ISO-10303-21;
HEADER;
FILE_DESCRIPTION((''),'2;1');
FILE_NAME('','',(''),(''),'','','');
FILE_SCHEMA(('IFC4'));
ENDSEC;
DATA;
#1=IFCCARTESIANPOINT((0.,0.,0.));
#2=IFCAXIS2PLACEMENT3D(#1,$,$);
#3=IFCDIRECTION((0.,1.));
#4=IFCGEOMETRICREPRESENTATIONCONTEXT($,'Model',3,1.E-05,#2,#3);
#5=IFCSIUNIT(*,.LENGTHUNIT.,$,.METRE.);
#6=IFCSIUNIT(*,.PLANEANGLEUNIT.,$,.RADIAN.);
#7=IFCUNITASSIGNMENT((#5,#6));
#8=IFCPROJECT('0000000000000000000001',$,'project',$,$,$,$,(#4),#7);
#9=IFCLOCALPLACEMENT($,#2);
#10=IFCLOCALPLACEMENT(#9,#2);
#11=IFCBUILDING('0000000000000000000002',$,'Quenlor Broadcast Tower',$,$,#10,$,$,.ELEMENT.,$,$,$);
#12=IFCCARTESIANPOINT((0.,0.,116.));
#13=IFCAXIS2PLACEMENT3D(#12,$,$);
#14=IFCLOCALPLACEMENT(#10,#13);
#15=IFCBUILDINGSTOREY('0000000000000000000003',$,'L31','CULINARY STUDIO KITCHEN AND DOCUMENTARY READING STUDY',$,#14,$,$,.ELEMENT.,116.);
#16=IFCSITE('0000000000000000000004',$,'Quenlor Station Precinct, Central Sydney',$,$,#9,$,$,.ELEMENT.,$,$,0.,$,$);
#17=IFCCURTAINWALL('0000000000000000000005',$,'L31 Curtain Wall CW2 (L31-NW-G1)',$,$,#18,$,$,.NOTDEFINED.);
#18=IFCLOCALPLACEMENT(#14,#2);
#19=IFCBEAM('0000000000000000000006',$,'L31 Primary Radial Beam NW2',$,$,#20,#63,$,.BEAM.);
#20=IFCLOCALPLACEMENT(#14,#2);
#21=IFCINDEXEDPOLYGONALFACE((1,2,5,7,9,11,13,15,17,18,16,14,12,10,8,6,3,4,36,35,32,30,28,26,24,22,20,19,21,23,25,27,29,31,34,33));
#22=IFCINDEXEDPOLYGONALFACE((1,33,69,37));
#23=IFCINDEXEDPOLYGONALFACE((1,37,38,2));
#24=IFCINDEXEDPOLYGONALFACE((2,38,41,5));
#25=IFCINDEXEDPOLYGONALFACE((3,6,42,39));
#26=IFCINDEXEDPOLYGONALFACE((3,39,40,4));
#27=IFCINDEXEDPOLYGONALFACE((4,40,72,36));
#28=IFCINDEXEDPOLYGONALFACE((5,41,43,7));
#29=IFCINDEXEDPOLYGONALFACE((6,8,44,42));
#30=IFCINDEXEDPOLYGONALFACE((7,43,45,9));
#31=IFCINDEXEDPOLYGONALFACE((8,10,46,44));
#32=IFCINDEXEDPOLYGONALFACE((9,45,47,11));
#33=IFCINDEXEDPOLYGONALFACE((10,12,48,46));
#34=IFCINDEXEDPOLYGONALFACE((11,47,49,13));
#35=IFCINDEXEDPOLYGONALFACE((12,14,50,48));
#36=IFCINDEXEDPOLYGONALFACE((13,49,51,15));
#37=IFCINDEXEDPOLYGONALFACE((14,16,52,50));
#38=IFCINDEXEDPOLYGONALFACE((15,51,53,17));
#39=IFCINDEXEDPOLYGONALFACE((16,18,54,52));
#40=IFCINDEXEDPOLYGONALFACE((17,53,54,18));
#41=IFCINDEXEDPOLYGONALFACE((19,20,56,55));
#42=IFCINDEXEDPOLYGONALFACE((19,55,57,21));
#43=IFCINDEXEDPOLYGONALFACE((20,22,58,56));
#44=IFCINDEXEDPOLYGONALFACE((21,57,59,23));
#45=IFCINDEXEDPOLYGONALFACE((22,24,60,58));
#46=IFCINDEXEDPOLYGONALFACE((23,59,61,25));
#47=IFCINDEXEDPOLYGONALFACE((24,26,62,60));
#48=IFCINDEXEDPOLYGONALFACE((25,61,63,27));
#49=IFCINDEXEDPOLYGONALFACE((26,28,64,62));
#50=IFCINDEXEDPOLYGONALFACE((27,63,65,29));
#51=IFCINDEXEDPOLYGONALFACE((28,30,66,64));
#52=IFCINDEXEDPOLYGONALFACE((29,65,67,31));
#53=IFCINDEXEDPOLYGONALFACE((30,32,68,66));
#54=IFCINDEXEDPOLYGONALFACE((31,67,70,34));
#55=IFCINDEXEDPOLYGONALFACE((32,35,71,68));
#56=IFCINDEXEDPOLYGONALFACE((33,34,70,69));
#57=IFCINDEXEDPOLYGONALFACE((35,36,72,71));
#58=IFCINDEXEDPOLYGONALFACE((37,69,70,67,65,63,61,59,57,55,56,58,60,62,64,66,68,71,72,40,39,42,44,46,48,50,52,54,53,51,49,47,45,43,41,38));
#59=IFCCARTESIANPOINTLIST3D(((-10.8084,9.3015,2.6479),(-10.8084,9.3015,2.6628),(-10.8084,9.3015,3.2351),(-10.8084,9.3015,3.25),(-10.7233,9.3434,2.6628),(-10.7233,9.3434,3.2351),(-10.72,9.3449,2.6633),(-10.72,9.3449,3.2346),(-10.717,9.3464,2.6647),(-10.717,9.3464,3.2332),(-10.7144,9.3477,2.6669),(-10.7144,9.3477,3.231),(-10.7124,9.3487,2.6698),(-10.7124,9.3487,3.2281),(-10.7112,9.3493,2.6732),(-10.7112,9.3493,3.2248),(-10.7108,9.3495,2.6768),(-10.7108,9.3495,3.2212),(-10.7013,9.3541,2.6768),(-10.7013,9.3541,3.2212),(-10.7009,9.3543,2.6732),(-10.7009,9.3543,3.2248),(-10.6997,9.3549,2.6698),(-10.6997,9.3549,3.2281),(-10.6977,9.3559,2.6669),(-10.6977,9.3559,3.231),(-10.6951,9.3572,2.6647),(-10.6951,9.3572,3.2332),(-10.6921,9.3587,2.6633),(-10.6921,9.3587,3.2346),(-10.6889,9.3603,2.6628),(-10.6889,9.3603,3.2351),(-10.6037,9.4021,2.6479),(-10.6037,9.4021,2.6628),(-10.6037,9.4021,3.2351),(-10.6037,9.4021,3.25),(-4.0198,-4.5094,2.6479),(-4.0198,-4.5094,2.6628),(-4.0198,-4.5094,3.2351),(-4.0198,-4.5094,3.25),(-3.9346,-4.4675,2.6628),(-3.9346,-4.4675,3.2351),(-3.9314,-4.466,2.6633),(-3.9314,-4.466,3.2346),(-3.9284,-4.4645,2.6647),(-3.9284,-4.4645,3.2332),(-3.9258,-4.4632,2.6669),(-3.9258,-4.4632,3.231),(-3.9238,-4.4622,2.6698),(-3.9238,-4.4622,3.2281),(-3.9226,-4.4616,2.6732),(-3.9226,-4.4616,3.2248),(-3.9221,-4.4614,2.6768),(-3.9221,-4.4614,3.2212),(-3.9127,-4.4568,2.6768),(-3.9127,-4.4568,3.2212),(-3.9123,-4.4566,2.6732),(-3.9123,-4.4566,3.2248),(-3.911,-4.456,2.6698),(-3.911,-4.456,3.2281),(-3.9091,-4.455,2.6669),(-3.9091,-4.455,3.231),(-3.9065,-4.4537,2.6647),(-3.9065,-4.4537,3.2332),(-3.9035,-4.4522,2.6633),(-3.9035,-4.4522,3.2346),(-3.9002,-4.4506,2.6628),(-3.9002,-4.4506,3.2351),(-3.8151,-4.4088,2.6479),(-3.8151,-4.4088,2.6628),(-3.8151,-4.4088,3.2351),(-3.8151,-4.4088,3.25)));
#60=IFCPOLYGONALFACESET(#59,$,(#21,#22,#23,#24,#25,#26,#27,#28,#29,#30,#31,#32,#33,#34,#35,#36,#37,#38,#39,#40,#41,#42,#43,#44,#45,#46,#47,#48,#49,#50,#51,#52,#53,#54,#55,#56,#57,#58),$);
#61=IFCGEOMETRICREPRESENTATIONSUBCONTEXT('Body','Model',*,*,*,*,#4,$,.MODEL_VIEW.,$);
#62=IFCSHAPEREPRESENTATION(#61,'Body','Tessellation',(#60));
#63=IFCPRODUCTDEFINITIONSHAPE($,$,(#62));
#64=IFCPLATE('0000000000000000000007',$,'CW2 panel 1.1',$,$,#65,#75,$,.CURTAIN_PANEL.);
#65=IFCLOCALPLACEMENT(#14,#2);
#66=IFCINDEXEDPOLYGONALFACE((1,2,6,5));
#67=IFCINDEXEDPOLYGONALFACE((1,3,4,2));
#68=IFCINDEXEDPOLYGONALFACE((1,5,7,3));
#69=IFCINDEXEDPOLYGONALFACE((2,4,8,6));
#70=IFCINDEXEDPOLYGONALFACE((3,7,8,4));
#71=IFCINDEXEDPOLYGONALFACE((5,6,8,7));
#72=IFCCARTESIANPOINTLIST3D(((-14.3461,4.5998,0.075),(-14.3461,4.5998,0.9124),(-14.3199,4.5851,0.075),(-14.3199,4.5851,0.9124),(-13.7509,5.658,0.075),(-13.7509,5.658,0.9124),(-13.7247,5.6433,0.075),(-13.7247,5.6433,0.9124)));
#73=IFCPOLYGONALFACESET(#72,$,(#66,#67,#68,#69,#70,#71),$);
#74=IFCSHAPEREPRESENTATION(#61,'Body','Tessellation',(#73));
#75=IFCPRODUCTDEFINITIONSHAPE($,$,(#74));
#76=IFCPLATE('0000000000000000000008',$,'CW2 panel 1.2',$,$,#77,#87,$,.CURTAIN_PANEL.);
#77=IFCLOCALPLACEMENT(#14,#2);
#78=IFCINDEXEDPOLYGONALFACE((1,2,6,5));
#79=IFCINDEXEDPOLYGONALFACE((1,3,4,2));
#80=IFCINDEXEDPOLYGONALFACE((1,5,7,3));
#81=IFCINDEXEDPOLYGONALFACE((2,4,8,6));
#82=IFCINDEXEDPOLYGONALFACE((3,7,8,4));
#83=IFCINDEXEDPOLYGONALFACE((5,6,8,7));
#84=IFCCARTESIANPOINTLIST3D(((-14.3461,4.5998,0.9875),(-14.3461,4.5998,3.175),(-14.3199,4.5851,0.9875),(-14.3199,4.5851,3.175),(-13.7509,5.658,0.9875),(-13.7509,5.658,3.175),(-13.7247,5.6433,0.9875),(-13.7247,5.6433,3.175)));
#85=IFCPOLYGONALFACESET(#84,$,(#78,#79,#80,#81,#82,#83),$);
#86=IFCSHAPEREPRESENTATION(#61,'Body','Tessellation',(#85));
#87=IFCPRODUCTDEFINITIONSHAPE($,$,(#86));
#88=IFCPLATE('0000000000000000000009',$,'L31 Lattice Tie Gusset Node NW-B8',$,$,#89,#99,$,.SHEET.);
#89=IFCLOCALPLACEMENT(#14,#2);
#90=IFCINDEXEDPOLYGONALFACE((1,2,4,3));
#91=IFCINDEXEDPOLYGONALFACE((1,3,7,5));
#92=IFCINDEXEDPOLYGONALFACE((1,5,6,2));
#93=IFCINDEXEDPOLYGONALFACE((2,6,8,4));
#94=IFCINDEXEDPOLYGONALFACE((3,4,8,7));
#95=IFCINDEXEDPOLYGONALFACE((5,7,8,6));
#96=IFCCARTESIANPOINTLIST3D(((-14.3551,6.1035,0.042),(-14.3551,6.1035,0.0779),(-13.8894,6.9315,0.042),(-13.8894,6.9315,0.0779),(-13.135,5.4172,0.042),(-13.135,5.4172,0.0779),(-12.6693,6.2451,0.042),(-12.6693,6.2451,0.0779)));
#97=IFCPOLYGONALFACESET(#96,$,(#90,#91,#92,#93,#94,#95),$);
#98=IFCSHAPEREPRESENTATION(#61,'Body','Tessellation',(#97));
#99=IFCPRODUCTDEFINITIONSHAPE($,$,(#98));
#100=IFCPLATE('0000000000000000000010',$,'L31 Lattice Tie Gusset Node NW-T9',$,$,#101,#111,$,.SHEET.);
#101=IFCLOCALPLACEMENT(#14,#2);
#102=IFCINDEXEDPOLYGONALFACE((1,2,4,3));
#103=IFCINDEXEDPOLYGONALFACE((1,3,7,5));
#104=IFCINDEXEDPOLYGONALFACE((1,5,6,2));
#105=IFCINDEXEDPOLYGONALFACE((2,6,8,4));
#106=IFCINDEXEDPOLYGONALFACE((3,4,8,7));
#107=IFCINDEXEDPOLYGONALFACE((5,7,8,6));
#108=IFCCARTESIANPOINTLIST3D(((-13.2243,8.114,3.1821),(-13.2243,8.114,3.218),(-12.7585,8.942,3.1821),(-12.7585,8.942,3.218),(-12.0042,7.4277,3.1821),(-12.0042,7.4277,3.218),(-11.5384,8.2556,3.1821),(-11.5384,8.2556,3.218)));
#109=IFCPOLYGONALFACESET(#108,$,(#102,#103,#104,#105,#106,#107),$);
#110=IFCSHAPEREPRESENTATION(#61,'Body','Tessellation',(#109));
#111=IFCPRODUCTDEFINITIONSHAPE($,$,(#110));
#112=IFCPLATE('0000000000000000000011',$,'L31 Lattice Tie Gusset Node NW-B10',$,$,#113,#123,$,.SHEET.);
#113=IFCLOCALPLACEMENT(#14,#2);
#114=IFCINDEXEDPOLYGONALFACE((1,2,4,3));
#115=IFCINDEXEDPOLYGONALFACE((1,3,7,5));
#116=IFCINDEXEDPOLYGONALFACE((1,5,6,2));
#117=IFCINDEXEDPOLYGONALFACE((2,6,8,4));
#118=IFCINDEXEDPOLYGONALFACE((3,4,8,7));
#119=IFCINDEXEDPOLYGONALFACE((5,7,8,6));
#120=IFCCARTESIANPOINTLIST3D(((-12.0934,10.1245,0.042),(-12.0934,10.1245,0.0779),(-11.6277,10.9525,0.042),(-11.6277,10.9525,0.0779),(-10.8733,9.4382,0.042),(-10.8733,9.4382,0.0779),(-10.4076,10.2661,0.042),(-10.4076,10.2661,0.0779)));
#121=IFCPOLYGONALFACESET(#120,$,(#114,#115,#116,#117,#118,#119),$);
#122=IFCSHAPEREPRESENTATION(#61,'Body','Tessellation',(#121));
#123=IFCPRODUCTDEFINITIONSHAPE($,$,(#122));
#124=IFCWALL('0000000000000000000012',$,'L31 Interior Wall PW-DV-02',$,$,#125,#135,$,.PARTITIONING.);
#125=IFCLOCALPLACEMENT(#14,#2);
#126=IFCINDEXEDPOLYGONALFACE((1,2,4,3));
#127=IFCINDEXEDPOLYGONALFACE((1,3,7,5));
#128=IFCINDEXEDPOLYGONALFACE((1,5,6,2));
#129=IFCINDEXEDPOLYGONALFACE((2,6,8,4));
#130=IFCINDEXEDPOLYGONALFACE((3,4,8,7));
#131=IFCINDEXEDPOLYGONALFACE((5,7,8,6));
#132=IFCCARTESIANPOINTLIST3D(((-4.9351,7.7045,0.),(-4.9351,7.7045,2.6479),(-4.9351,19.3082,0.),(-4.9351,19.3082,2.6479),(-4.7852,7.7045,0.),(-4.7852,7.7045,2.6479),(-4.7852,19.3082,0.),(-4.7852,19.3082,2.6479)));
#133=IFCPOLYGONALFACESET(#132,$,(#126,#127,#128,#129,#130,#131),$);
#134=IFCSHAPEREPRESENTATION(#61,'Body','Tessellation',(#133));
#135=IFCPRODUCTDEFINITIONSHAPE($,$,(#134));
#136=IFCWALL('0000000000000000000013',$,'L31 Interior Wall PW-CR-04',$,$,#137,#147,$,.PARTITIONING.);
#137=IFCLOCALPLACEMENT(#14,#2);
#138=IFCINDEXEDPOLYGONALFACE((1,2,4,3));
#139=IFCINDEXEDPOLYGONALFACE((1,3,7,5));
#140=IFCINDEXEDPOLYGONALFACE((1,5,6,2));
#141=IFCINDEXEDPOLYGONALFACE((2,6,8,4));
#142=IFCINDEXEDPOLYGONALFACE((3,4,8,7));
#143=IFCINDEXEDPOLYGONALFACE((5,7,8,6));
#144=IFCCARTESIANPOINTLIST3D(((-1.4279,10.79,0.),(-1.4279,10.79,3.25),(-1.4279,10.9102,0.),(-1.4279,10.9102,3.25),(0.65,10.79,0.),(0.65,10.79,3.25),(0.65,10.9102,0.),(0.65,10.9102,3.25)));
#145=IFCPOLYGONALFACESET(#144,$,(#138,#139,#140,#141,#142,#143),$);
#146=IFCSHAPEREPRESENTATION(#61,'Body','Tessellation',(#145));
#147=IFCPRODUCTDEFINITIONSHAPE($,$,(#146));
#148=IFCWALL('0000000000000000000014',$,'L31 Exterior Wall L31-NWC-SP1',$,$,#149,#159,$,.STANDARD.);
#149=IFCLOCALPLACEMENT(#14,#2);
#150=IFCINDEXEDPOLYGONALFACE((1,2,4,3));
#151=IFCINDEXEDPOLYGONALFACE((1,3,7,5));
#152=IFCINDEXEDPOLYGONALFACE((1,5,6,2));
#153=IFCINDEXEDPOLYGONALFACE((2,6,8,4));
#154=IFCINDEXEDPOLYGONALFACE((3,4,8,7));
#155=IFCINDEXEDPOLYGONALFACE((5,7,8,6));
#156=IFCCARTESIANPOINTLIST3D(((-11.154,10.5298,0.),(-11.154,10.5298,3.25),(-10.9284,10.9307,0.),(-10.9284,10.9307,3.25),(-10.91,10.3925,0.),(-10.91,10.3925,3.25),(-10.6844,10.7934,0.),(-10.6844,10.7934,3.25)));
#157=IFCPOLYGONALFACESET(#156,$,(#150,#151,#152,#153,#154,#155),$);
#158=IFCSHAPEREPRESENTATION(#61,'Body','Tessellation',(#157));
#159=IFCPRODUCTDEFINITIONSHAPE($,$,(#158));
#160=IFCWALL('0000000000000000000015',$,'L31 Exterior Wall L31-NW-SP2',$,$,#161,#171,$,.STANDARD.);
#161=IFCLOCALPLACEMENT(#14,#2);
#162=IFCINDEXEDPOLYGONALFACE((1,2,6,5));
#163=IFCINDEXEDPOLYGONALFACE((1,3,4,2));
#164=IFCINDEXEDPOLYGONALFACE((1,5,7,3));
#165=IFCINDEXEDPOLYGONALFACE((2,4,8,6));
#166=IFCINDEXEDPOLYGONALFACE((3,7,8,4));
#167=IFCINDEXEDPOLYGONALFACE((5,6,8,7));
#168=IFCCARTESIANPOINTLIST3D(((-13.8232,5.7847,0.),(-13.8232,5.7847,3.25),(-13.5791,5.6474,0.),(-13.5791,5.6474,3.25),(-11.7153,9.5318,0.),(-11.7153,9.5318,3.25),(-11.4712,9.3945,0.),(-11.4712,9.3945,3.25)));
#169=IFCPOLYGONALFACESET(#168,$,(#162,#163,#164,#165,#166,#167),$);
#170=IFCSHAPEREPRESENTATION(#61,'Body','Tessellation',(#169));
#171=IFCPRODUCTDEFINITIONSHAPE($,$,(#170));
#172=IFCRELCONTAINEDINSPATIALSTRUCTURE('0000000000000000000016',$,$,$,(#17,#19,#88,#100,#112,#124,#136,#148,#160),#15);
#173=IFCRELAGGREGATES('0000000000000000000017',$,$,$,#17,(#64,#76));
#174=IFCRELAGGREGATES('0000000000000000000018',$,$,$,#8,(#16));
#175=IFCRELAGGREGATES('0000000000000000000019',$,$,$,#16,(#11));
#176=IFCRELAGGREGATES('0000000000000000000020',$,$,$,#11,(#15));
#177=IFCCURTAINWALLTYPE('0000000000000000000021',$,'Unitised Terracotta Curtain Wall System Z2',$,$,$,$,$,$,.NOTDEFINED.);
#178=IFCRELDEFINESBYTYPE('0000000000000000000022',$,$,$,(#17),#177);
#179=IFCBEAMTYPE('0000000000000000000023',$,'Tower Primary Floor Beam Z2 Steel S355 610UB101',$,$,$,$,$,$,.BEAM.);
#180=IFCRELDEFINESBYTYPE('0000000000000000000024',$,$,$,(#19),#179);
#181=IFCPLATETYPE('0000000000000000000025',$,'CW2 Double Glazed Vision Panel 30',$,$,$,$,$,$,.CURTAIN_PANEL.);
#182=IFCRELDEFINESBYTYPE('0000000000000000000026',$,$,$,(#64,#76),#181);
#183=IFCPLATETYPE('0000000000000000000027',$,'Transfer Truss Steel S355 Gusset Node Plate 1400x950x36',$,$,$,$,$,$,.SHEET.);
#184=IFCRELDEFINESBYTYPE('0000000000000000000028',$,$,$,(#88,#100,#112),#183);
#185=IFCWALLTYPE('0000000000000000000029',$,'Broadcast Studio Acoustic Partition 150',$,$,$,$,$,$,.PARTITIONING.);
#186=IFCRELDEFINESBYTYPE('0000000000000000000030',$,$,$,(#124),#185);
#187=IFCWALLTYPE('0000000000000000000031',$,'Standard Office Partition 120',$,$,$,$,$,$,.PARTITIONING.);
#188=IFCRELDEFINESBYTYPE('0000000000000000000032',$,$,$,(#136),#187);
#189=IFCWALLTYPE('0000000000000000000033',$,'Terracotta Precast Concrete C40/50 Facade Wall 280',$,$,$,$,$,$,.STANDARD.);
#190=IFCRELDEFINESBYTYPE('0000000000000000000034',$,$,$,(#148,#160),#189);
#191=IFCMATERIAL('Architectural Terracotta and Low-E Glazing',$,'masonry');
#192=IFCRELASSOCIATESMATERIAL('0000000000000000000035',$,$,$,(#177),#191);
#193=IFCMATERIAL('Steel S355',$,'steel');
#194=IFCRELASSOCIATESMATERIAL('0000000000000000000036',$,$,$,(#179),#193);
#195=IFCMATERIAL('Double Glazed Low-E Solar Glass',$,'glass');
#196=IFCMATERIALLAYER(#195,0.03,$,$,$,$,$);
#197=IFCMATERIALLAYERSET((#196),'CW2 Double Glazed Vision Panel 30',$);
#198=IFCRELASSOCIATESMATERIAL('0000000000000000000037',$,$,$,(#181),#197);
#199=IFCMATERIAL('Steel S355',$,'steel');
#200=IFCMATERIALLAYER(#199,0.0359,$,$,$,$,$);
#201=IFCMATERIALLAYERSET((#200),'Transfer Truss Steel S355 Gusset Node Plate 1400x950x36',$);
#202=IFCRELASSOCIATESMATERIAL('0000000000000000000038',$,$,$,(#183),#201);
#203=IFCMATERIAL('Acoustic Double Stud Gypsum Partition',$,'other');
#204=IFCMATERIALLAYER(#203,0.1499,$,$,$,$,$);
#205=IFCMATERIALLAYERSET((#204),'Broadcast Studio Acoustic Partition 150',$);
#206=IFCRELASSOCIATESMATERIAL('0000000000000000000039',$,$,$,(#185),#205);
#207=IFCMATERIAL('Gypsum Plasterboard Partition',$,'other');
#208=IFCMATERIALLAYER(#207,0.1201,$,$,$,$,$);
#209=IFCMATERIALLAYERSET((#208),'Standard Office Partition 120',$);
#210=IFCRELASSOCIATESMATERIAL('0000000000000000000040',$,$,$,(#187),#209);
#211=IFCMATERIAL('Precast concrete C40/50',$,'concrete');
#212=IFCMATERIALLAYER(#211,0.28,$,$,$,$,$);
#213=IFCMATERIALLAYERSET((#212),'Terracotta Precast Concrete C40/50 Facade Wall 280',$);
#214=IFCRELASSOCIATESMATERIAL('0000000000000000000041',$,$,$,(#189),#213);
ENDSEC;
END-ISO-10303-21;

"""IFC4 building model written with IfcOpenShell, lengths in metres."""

from ifc_helpers import new_model, si_unit, direction, frame, frame_2d, origin, origin_2d, place, context, subcontext, project, spatial, rectangle, i_section, extrude, material, layer, layer_set, material_profile, profile_set, type_object, element, aggregate, save


model = new_model("IFC4")

# Units and contexts
model_context = context("Model", 3, precision=1e-05, world=origin(), true_north=direction((0.0, 1.0)))
body_context = subcontext(model_context, "Body", "Model", "MODEL_VIEW")
ifc_project = project(units=[si_unit("LENGTHUNIT", "METRE"), si_unit("PLANEANGLEUNIT", "RADIAN")], contexts=[model_context])

# Site, building, storey
site_placement = place(None, origin())
site = spatial("IfcSite", under=ifc_project, at=site_placement, Name="Quenlor Station Precinct, Central Sydney", CompositionType="ELEMENT", RefElevation=0.0)
building_placement = place(site_placement, origin())
building = spatial("IfcBuilding", under=site, at=building_placement, Name="Quenlor Broadcast Tower", CompositionType="ELEMENT")
storey_placement = place(building_placement, frame((0.0, 0.0, 116.0)))
storey = spatial("IfcBuildingStorey", under=building, at=storey_placement, Name="L31", Description="CULINARY STUDIO KITCHEN AND DOCUMENTARY READING STUDY", CompositionType="ELEMENT", Elevation=116.0)

# Shared definitions
ifc_material_1 = material(Name="Architectural Terracotta and Low-E Glazing", Category="masonry")
curtain_wall_type = type_object("IfcCurtainWallType", Name="Unitised Terracotta Curtain Wall System Z2", PredefinedType="NOTDEFINED", material=ifc_material_1)

# Curtain wall
curtain_wall_1_placement = place(storey_placement, origin())
curtain_wall_1 = element("IfcCurtainWall", 1, at=curtain_wall_1_placement, inside=storey, type_object=curtain_wall_type, Name="L31 Curtain Wall CW2 (L31-NW-G1)", PredefinedType="NOTDEFINED")

# Beam
ifc_material_2 = material(Name="Steel S355", Category="steel")
ifc_material_profile_1 = material_profile(ifc_material_2, i_section(OverallWidth=0.228, OverallDepth=0.6021, WebThickness=0.0105, FlangeThickness=0.0149, FilletRadius=0.0139, at=origin_2d()))
ifc_profile_set_1 = profile_set([ifc_material_profile_1], Name="Steel S355 610UB101")
beam_type_1 = type_object("IfcBeamType", Name="Tower Primary Floor Beam Z2 Steel S355 610UB101", PredefinedType="BEAM", material=ifc_profile_set_1)
beam_1_placement = place(storey_placement, frame((-10.7061, 9.3518, 2.949), z_axis=(0.44113, -0.897443, 0.0), x_axis=(0.897443, 0.44113, 0.0)))
element("IfcBeam", 2, at=beam_1_placement, inside=storey, type_object=beam_type_1, Name="L31 Primary Radial Beam NW2", PredefinedType="BEAM", context=body_context, shape_type="SweptSolid", body=[
    extrude(i_section(OverallWidth=0.228, OverallDepth=0.6021, WebThickness=0.0105, FlangeThickness=0.0149, FilletRadius=0.0139, at=origin_2d()), origin(), (0.0, 0.0, 1.0), 15.3892),
])

# Plates
ifc_material_3 = material(Name="Double Glazed Low-E Solar Glass", Category="glass")
ifc_layer_1 = layer(ifc_material_3, 0.03)
ifc_layer_set_1 = layer_set([ifc_layer_1], Name="CW2 Double Glazed Vision Panel 30")
plate_type_1 = type_object("IfcPlateType", Name="CW2 Double Glazed Vision Panel 30", PredefinedType="CURTAIN_PANEL", material=ifc_layer_set_1)
plate_1_placement = place(storey_placement, frame((-14.0354, 5.1216, 0.075), z_axis=(0.0, 0.0, 1.0), x_axis=(0.490254, 0.871579, 0.0)))
plate_1 = element("IfcPlate", 3, at=plate_1_placement, type_object=plate_type_1, Name="CW2 panel 1.1", PredefinedType="CURTAIN_PANEL", context=body_context, shape_type="SweptSolid", body=[
    extrude(rectangle(XDim=1.2141, YDim=0.03, at=origin_2d()), origin(), (0.0, 0.0, 1.0), 0.8374),
])
plate_2_placement = place(storey_placement, frame((-14.0354, 5.1216, 0.9875), z_axis=(0.0, 0.0, 1.0), x_axis=(0.490254, 0.871579, 0.0)))
plate_2 = element("IfcPlate", 4, at=plate_2_placement, type_object=plate_type_1, Name="CW2 panel 1.2", PredefinedType="CURTAIN_PANEL", context=body_context, shape_type="SweptSolid", body=[
    extrude(rectangle(XDim=1.2141, YDim=0.03, at=origin_2d()), origin(), (0.0, 0.0, 1.0), 2.1875),
])
aggregate(curtain_wall_1, [plate_1, plate_2])

# Plates
ifc_material_4 = material(Name="Steel S355", Category="steel")
ifc_layer_2 = layer(ifc_material_4, 0.0359)
ifc_layer_set_2 = layer_set([ifc_layer_2], Name="Transfer Truss Steel S355 Gusset Node Plate 1400x950x36")
plate_type_2 = type_object("IfcPlateType", Name="Transfer Truss Steel S355 Gusset Node Plate 1400x950x36", PredefinedType="SHEET", material=ifc_layer_set_2)
for number, where, z_axis, x_axis, name in (
    (5, (-13.5122, 6.1743, 0.042), (0.0, 0.0, 1.0), (-0.871556, 0.490295, 0.0), "L31 Lattice Tie Gusset Node NW-B8"),
    (6, (-12.3813, 8.1848, 3.1821), (0.0, 0.0, 1.0), (-0.871556, 0.490295, 0.0), "L31 Lattice Tie Gusset Node NW-T9"),
    (7, (-11.2505, 10.1953, 0.042), (0.0, 0.0, 1.0), (-0.871556, 0.490295, 0.0), "L31 Lattice Tie Gusset Node NW-B10"),
):
    element("IfcPlate", number, at=place(storey_placement, frame(where, z_axis=z_axis, x_axis=x_axis)), inside=storey, type_object=plate_type_2, Name=name, PredefinedType="SHEET", context=body_context, shape_type="SweptSolid", body=[
        extrude(rectangle(XDim=1.3999, YDim=0.95, at=origin_2d()), origin(), (0.0, 0.0, 1.0), 0.0359),
    ])

# Walls
ifc_material_5 = material(Name="Acoustic Double Stud Gypsum Partition", Category="other")
ifc_layer_3 = layer(ifc_material_5, 0.1499)
ifc_layer_set_3 = layer_set([ifc_layer_3], Name="Broadcast Studio Acoustic Partition 150")
wall_type_1 = type_object("IfcWallType", Name="Broadcast Studio Acoustic Partition 150", PredefinedType="PARTITIONING", material=ifc_layer_set_3)
wall_1_placement = place(storey_placement, frame((-4.8601, 7.7046, 0.0), z_axis=(0.0, 0.0, 1.0), x_axis=(0.0, 1.0, 0.0)))
element("IfcWall", 8, at=wall_1_placement, inside=storey, type_object=wall_type_1, Name="L31 Interior Wall PW-DV-02", PredefinedType="PARTITIONING", context=body_context, shape_type="SweptSolid", body=[
    extrude(rectangle(XDim=11.6038, YDim=0.1499, at=frame_2d((5.8018, 0.0))), origin(), (0.0, 0.0, 1.0), 2.6479),
])
ifc_material_6 = material(Name="Gypsum Plasterboard Partition", Category="other")
ifc_layer_4 = layer(ifc_material_6, 0.1201)
ifc_layer_set_4 = layer_set([ifc_layer_4], Name="Standard Office Partition 120")
wall_type_2 = type_object("IfcWallType", Name="Standard Office Partition 120", PredefinedType="PARTITIONING", material=ifc_layer_set_4)
wall_2_placement = place(storey_placement, frame((-1.428, 10.8501, 0.0), z_axis=(0.0, 0.0, 1.0), x_axis=(1.0, 0.0, 0.0)))
element("IfcWall", 9, at=wall_2_placement, inside=storey, type_object=wall_type_2, Name="L31 Interior Wall PW-CR-04", PredefinedType="PARTITIONING", context=body_context, shape_type="SweptSolid", body=[
    extrude(rectangle(XDim=2.0779, YDim=0.1201, at=frame_2d((1.0391, 0.0))), origin(), (0.0, 0.0, 1.0), 3.25),
])
ifc_material_7 = material(Name="Precast concrete C40/50", Category="concrete")
ifc_layer_5 = layer(ifc_material_7, 0.28)
ifc_layer_set_5 = layer_set([ifc_layer_5], Name="Terracotta Precast Concrete C40/50 Facade Wall 280")
wall_type_3 = type_object("IfcWallType", Name="Terracotta Precast Concrete C40/50 Facade Wall 280", PredefinedType="STANDARD", material=ifc_layer_set_5)
wall_3_placement = place(storey_placement, frame((-11.032, 10.4612, 0.0), z_axis=(0.0, 0.0, 1.0), x_axis=(0.490412, 0.87149, 0.0)))
element("IfcWall", 10, at=wall_3_placement, inside=storey, type_object=wall_type_3, Name="L31 Exterior Wall L31-NWC-SP1", PredefinedType="STANDARD", context=body_context, shape_type="SweptSolid", body=[
    extrude(rectangle(XDim=0.46, YDim=0.28, at=frame_2d((0.23, 0.0))), origin(), (0.0, 0.0, 1.0), 3.25),
])
wall_4_placement = place(storey_placement, frame((-13.7012, 5.7161, 0.0), z_axis=(0.0, 0.0, 1.0), x_axis=(0.490294, 0.871557, 0.0)))
element("IfcWall", 11, at=wall_4_placement, inside=storey, type_object=wall_type_3, Name="L31 Exterior Wall L31-NW-SP2", PredefinedType="STANDARD", context=body_context, shape_type="SweptSolid", body=[
    extrude(rectangle(XDim=4.2993, YDim=0.28, at=frame_2d((2.1497, 0.0))), origin(), (0.0, 0.0, 1.0), 3.25),
])

save(model, "model.ifc")
